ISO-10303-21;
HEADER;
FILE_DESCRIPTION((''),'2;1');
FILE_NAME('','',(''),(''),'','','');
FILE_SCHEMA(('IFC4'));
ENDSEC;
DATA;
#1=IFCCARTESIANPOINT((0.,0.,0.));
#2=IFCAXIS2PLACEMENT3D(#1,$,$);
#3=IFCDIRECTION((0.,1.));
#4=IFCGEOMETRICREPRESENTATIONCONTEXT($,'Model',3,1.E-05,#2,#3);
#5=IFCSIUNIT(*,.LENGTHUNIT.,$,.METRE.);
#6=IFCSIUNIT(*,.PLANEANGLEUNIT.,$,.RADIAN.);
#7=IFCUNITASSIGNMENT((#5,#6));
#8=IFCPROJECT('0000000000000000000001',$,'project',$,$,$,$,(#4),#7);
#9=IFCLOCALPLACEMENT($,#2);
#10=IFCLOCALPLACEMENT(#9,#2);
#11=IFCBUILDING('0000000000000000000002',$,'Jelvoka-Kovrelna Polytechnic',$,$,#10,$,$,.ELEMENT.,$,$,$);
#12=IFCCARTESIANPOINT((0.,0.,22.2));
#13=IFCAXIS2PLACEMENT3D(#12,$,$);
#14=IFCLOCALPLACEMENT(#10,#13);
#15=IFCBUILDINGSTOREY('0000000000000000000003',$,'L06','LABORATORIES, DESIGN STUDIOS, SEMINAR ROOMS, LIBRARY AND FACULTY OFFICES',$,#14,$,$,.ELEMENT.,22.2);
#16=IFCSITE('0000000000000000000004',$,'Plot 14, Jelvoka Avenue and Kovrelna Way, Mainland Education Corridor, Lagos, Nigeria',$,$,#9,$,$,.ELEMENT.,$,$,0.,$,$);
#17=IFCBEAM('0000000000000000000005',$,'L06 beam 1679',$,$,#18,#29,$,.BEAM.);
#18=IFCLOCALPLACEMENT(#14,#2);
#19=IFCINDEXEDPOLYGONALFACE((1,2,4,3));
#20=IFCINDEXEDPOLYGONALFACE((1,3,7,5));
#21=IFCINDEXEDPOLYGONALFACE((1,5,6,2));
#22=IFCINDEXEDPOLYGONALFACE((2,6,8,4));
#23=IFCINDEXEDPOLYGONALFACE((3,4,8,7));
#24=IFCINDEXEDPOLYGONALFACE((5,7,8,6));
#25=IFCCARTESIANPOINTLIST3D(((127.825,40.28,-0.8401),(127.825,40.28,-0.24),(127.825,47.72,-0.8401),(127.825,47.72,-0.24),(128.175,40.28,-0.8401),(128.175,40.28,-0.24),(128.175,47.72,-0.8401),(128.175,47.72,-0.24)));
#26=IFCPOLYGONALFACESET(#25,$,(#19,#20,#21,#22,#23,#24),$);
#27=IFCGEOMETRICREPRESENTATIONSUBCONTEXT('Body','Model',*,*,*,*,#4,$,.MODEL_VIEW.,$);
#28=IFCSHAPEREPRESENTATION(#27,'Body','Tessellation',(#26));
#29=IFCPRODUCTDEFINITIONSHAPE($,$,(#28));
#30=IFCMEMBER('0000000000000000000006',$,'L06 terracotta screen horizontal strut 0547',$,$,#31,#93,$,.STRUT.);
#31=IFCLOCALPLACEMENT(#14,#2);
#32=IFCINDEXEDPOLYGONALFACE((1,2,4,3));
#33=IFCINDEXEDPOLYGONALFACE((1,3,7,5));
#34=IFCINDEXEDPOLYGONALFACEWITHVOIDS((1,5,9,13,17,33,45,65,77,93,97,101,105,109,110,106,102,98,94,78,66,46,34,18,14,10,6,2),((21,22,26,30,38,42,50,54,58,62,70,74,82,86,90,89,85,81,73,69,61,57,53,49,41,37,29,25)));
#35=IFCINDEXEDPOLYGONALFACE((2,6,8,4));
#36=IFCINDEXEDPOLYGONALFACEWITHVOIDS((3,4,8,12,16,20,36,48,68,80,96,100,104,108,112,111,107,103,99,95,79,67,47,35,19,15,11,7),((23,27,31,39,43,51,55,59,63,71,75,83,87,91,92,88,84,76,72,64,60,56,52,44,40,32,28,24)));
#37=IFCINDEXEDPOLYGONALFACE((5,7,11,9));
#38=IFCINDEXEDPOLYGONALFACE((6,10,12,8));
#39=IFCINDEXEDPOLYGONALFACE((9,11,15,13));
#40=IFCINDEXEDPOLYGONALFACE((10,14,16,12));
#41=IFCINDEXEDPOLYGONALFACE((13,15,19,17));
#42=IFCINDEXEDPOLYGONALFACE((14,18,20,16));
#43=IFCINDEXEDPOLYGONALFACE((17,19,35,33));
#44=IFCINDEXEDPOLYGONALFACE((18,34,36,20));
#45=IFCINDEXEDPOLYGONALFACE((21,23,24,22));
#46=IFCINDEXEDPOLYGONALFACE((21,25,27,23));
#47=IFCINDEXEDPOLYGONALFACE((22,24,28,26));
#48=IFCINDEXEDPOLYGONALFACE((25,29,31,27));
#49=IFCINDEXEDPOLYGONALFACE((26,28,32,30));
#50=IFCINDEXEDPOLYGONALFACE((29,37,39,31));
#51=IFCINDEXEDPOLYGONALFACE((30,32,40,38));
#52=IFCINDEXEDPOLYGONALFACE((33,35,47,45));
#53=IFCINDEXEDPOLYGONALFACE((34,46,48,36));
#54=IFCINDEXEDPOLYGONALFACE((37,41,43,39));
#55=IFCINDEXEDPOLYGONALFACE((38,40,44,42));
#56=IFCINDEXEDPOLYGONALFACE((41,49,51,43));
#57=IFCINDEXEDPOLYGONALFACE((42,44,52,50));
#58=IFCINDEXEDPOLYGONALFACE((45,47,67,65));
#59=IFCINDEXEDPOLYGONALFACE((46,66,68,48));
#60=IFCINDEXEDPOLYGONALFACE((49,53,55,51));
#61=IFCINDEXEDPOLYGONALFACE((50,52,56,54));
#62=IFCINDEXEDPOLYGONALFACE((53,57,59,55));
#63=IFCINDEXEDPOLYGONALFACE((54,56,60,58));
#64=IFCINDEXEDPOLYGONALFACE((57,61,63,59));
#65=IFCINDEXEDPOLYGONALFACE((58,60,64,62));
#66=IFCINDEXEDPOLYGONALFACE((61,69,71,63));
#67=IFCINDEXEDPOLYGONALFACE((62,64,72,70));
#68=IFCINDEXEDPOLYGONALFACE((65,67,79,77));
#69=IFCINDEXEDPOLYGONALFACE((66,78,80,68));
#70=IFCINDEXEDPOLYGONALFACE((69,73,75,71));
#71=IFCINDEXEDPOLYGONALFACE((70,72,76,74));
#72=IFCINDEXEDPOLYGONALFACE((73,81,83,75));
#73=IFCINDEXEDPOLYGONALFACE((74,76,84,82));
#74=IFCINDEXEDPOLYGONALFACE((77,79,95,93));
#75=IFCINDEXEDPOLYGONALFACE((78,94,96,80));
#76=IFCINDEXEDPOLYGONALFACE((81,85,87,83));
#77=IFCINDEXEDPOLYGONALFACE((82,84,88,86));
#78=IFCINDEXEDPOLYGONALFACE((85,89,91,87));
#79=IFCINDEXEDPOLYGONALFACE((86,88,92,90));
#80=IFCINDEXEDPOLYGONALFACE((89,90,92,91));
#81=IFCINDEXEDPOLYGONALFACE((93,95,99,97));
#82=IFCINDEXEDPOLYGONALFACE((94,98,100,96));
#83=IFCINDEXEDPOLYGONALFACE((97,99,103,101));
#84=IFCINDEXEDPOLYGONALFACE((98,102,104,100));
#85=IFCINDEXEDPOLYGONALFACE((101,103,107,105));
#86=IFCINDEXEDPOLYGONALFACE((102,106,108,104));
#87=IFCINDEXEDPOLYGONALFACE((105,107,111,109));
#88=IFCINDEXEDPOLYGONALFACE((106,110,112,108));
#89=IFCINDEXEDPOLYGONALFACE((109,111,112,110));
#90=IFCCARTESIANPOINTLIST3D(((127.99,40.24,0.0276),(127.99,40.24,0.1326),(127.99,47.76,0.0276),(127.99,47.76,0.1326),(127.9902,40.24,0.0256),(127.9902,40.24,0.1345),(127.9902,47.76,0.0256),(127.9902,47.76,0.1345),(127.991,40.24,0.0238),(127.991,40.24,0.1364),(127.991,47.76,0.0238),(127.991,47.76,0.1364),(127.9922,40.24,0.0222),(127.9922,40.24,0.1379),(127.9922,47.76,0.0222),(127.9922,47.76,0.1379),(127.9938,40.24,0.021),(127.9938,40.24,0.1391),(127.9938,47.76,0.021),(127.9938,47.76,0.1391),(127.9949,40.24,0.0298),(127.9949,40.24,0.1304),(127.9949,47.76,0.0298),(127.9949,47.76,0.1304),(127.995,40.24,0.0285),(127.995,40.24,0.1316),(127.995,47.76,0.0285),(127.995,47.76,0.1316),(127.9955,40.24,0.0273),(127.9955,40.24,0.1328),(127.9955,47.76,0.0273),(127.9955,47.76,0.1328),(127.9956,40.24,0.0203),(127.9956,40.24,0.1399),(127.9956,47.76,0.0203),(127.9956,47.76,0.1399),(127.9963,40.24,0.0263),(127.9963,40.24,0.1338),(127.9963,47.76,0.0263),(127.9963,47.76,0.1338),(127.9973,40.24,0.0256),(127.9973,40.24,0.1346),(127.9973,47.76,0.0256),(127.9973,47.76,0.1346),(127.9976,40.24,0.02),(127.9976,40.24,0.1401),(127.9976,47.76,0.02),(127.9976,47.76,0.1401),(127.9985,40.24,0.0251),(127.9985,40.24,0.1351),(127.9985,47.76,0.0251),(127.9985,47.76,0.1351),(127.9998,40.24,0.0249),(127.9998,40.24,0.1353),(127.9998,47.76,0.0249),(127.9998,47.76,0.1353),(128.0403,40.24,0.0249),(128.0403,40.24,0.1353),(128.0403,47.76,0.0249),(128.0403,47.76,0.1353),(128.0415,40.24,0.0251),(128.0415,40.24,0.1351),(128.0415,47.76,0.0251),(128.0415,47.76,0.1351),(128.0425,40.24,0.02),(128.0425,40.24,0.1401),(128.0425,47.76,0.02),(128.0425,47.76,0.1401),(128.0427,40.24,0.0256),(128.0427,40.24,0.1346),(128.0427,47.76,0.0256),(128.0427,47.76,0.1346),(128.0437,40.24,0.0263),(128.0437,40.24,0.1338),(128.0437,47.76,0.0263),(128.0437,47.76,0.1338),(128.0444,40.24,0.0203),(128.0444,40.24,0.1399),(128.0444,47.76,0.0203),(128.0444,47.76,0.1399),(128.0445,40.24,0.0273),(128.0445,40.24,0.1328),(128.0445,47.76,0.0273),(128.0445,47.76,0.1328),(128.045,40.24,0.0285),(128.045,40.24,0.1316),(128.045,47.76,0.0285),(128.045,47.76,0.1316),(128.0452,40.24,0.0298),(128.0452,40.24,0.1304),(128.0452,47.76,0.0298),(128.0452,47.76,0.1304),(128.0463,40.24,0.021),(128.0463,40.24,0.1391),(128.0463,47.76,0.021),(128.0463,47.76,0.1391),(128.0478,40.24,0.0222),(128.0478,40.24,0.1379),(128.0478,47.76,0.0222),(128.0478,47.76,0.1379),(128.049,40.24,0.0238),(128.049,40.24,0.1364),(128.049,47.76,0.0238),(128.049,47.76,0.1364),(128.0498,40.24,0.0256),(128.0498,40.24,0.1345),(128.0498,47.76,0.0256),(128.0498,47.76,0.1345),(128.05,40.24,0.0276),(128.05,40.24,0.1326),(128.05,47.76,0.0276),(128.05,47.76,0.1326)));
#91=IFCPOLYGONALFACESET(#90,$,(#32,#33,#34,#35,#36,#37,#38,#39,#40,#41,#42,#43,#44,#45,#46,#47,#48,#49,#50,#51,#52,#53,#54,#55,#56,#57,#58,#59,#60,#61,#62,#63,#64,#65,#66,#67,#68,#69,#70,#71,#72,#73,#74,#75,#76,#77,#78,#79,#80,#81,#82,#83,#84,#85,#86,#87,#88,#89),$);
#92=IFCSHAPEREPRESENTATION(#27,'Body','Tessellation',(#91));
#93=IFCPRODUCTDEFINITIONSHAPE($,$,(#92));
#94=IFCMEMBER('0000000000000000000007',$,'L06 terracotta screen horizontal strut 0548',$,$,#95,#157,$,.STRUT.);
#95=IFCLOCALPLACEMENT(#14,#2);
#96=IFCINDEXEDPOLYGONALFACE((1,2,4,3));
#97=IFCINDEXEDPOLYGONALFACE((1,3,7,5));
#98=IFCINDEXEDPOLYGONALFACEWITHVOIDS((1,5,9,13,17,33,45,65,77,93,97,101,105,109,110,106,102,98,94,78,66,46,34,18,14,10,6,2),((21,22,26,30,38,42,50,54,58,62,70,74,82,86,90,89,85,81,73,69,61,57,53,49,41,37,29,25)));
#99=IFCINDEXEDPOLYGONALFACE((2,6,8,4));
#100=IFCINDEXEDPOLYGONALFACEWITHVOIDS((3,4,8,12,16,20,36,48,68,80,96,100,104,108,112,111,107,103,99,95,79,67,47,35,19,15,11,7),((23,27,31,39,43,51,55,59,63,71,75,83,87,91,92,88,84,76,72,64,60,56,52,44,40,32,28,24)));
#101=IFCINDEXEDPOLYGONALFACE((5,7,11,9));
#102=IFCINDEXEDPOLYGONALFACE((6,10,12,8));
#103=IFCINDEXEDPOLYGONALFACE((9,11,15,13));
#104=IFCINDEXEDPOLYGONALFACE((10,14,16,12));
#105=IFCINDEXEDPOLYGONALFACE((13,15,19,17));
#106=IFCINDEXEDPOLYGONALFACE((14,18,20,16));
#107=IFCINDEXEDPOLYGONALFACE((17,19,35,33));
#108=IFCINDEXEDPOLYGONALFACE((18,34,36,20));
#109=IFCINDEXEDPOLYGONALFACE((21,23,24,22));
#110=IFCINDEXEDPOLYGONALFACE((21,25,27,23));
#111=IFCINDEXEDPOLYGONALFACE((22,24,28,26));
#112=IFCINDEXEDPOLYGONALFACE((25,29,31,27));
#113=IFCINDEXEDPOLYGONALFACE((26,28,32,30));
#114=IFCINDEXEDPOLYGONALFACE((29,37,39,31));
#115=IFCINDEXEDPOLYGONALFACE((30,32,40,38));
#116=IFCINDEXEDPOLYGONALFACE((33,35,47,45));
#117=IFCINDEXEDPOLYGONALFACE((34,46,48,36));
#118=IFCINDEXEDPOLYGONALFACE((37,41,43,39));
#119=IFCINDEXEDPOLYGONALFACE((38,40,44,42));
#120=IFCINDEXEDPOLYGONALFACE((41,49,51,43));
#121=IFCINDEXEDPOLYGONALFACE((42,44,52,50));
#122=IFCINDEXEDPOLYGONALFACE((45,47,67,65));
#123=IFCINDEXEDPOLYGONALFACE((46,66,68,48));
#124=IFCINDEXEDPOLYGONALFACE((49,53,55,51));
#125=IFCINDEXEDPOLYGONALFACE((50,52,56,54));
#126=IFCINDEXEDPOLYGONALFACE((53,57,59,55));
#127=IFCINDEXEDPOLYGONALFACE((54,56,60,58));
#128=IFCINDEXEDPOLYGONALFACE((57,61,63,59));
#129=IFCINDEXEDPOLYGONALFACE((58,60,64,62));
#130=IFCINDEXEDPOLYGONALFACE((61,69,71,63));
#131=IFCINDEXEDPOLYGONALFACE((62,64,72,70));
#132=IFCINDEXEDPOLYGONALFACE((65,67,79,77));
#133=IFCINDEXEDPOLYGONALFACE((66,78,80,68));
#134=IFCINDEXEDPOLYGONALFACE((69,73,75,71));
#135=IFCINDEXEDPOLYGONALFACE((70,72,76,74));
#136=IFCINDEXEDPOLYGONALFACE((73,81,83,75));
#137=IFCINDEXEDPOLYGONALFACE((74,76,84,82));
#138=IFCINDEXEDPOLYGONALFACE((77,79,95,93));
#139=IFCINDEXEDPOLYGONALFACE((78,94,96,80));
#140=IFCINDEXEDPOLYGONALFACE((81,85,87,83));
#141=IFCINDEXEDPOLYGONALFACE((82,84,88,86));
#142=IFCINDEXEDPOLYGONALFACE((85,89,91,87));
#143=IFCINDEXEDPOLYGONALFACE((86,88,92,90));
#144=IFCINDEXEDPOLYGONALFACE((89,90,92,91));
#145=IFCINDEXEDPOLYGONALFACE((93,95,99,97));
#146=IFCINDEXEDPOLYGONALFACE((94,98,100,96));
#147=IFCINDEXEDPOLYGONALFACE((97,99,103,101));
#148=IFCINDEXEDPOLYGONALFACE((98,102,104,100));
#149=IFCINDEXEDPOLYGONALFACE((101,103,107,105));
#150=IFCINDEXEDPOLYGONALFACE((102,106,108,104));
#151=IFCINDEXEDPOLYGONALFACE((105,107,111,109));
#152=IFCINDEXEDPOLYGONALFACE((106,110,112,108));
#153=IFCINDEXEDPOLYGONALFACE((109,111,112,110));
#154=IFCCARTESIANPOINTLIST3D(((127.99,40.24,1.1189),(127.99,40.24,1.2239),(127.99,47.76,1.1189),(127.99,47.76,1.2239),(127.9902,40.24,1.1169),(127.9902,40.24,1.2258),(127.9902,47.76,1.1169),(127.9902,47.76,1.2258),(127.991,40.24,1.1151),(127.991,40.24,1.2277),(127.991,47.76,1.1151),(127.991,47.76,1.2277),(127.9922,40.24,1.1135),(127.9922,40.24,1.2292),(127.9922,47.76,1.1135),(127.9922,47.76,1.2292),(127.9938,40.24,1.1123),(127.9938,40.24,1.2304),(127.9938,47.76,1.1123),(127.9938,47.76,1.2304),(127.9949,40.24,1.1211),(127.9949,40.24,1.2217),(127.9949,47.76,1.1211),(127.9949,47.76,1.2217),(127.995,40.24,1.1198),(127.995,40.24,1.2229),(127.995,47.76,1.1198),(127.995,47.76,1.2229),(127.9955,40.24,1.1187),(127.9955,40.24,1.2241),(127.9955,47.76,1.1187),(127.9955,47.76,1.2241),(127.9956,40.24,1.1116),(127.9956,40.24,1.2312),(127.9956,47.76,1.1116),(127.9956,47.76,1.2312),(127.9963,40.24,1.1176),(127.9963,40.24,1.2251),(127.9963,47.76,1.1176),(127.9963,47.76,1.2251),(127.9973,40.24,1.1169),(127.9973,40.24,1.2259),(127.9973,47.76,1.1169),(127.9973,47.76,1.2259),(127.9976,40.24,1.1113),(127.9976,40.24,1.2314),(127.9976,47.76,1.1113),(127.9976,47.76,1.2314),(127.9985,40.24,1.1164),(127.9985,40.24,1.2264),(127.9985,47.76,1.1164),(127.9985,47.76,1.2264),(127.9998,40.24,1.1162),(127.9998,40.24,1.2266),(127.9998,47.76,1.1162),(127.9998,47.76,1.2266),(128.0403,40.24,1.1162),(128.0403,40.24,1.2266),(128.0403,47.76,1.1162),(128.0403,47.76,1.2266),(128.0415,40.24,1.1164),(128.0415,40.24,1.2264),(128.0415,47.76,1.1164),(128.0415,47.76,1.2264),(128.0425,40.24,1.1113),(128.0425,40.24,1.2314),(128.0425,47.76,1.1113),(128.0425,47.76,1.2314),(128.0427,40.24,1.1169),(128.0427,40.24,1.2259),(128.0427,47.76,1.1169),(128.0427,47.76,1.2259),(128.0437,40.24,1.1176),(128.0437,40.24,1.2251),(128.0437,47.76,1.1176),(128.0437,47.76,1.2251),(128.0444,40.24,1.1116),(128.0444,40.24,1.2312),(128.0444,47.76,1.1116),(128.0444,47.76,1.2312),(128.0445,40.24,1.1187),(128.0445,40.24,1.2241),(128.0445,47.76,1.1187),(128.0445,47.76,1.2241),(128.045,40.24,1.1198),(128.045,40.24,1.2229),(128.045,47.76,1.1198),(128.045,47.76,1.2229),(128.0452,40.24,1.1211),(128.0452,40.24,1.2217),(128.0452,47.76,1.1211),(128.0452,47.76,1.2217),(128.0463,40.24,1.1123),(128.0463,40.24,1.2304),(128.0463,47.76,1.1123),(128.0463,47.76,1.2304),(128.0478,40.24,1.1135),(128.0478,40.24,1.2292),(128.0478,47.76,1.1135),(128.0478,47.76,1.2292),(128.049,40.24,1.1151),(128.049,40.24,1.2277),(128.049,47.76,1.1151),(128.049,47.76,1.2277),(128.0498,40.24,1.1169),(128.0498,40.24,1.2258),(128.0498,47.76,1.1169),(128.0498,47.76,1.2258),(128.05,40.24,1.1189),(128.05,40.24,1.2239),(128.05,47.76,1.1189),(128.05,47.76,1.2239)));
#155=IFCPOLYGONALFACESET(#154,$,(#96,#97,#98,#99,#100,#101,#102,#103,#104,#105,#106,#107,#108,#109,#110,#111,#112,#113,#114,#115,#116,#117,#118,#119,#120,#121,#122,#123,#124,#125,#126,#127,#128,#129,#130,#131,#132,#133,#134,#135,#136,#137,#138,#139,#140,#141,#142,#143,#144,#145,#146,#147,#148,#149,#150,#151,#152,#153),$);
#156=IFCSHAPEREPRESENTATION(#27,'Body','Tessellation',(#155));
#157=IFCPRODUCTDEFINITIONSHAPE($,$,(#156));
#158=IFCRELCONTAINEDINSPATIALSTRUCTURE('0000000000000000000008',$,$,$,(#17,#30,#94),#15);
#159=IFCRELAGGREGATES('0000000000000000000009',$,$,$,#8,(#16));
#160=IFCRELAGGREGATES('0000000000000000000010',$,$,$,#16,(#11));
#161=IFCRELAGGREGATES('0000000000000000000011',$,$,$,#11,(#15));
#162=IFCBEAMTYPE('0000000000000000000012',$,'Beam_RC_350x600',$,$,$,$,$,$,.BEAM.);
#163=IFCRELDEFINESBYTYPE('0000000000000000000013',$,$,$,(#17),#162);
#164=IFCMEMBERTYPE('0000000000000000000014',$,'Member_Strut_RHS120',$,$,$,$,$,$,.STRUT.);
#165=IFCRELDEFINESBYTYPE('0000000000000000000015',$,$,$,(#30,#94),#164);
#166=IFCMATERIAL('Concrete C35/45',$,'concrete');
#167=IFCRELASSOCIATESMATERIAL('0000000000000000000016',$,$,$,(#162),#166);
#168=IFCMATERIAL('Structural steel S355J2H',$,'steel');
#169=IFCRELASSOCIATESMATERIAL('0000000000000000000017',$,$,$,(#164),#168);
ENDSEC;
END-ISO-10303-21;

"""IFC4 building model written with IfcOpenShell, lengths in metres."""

from ifc_helpers import new_model, si_unit, direction, frame, origin, origin_2d, place, context, subcontext, project, spatial, rectangle, hollow_rectangle, extrude, material, material_profile, profile_set, type_object, element, save


model = new_model("IFC4")

# Units and contexts
model_context = context("Model", 3, precision=1e-05, world=origin(), true_north=direction((0.0, 1.0)))
body_context = subcontext(model_context, "Body", "Model", "MODEL_VIEW")
ifc_project = project(units=[si_unit("LENGTHUNIT", "METRE"), si_unit("PLANEANGLEUNIT", "RADIAN")], contexts=[model_context])

# Site, building, storey
site_placement = place(None, origin())
site = spatial("IfcSite", under=ifc_project, at=site_placement, Name="Plot 14, Jelvoka Avenue and Kovrelna Way, Mainland Education Corridor, Lagos, Nigeria", CompositionType="ELEMENT", RefElevation=0.0)
building_placement = place(site_placement, origin())
building = spatial("IfcBuilding", under=site, at=building_placement, Name="Jelvoka-Kovrelna Polytechnic", CompositionType="ELEMENT")
storey_placement = place(building_placement, frame((0.0, 0.0, 22.2)))
storey = spatial("IfcBuildingStorey", under=building, at=storey_placement, Name="L06", Description="LABORATORIES, DESIGN STUDIOS, SEMINAR ROOMS, LIBRARY AND FACULTY OFFICES", CompositionType="ELEMENT", Elevation=22.2)

# Beam
ifc_material_1 = material(Name="Concrete C35/45", Category="concrete")
ifc_material_profile_1 = material_profile(ifc_material_1, rectangle(XDim=0.3501, YDim=0.6001, at=origin_2d()), Name="RC 350x600")
ifc_profile_set_1 = profile_set([ifc_material_profile_1], Name="Concrete C35/45")
beam_type = type_object("IfcBeamType", Name="Beam_RC_350x600", PredefinedType="BEAM", material=ifc_profile_set_1)
beam_placement = place(storey_placement, frame((128.0, 40.28, -0.54), z_axis=(0.0, 1.0, 0.0), x_axis=(-1.0, 0.0, 0.0)))
element("IfcBeam", 1, at=beam_placement, inside=storey, type_object=beam_type, Name="L06 beam 1679", PredefinedType="BEAM", context=body_context, shape_type="SweptSolid", body=[
    extrude(rectangle(XDim=0.3501, YDim=0.6001, at=origin_2d()), origin(), (0.0, 0.0, 1.0), 7.4399),
])

# Members
ifc_material_2 = material(Name="Structural steel S355J2H", Category="steel")
ifc_material_profile_2 = material_profile(ifc_material_2, hollow_rectangle(XDim=0.0601, YDim=0.1201, WallThickness=0.0049, InnerFilletRadius=0.0049, OuterFilletRadius=0.0076, at=origin_2d()), Name="120x60x5.0 RHS")
ifc_profile_set_2 = profile_set([ifc_material_profile_2], Name="Structural steel S355J2H")
member_type_1 = type_object("IfcMemberType", Name="Member_Strut_RHS120", PredefinedType="STRUT", material=ifc_profile_set_2)
for number, where, z_axis, x_axis, name in (
    (2, (128.02, 40.24, 0.0801), (0.0, 1.0, 0.0), (-1.0, 0.0, 0.0), "L06 terracotta screen horizontal strut 0547"),
    (3, (128.02, 40.24, 1.1714), (0.0, 1.0, 0.0), (-1.0, 0.0, 0.0), "L06 terracotta screen horizontal strut 0548"),
):
    element("IfcMember", number, at=place(storey_placement, frame(where, z_axis=z_axis, x_axis=x_axis)), inside=storey, type_object=member_type_1, Name=name, PredefinedType="STRUT", context=body_context, shape_type="SweptSolid", body=[
        extrude(hollow_rectangle(XDim=0.0601, YDim=0.1201, WallThickness=0.0049, InnerFilletRadius=0.0049, OuterFilletRadius=0.0076, at=origin_2d()), origin(), (0.0, 0.0, 1.0), 7.52),
    ])

save(model, "model.ifc")
